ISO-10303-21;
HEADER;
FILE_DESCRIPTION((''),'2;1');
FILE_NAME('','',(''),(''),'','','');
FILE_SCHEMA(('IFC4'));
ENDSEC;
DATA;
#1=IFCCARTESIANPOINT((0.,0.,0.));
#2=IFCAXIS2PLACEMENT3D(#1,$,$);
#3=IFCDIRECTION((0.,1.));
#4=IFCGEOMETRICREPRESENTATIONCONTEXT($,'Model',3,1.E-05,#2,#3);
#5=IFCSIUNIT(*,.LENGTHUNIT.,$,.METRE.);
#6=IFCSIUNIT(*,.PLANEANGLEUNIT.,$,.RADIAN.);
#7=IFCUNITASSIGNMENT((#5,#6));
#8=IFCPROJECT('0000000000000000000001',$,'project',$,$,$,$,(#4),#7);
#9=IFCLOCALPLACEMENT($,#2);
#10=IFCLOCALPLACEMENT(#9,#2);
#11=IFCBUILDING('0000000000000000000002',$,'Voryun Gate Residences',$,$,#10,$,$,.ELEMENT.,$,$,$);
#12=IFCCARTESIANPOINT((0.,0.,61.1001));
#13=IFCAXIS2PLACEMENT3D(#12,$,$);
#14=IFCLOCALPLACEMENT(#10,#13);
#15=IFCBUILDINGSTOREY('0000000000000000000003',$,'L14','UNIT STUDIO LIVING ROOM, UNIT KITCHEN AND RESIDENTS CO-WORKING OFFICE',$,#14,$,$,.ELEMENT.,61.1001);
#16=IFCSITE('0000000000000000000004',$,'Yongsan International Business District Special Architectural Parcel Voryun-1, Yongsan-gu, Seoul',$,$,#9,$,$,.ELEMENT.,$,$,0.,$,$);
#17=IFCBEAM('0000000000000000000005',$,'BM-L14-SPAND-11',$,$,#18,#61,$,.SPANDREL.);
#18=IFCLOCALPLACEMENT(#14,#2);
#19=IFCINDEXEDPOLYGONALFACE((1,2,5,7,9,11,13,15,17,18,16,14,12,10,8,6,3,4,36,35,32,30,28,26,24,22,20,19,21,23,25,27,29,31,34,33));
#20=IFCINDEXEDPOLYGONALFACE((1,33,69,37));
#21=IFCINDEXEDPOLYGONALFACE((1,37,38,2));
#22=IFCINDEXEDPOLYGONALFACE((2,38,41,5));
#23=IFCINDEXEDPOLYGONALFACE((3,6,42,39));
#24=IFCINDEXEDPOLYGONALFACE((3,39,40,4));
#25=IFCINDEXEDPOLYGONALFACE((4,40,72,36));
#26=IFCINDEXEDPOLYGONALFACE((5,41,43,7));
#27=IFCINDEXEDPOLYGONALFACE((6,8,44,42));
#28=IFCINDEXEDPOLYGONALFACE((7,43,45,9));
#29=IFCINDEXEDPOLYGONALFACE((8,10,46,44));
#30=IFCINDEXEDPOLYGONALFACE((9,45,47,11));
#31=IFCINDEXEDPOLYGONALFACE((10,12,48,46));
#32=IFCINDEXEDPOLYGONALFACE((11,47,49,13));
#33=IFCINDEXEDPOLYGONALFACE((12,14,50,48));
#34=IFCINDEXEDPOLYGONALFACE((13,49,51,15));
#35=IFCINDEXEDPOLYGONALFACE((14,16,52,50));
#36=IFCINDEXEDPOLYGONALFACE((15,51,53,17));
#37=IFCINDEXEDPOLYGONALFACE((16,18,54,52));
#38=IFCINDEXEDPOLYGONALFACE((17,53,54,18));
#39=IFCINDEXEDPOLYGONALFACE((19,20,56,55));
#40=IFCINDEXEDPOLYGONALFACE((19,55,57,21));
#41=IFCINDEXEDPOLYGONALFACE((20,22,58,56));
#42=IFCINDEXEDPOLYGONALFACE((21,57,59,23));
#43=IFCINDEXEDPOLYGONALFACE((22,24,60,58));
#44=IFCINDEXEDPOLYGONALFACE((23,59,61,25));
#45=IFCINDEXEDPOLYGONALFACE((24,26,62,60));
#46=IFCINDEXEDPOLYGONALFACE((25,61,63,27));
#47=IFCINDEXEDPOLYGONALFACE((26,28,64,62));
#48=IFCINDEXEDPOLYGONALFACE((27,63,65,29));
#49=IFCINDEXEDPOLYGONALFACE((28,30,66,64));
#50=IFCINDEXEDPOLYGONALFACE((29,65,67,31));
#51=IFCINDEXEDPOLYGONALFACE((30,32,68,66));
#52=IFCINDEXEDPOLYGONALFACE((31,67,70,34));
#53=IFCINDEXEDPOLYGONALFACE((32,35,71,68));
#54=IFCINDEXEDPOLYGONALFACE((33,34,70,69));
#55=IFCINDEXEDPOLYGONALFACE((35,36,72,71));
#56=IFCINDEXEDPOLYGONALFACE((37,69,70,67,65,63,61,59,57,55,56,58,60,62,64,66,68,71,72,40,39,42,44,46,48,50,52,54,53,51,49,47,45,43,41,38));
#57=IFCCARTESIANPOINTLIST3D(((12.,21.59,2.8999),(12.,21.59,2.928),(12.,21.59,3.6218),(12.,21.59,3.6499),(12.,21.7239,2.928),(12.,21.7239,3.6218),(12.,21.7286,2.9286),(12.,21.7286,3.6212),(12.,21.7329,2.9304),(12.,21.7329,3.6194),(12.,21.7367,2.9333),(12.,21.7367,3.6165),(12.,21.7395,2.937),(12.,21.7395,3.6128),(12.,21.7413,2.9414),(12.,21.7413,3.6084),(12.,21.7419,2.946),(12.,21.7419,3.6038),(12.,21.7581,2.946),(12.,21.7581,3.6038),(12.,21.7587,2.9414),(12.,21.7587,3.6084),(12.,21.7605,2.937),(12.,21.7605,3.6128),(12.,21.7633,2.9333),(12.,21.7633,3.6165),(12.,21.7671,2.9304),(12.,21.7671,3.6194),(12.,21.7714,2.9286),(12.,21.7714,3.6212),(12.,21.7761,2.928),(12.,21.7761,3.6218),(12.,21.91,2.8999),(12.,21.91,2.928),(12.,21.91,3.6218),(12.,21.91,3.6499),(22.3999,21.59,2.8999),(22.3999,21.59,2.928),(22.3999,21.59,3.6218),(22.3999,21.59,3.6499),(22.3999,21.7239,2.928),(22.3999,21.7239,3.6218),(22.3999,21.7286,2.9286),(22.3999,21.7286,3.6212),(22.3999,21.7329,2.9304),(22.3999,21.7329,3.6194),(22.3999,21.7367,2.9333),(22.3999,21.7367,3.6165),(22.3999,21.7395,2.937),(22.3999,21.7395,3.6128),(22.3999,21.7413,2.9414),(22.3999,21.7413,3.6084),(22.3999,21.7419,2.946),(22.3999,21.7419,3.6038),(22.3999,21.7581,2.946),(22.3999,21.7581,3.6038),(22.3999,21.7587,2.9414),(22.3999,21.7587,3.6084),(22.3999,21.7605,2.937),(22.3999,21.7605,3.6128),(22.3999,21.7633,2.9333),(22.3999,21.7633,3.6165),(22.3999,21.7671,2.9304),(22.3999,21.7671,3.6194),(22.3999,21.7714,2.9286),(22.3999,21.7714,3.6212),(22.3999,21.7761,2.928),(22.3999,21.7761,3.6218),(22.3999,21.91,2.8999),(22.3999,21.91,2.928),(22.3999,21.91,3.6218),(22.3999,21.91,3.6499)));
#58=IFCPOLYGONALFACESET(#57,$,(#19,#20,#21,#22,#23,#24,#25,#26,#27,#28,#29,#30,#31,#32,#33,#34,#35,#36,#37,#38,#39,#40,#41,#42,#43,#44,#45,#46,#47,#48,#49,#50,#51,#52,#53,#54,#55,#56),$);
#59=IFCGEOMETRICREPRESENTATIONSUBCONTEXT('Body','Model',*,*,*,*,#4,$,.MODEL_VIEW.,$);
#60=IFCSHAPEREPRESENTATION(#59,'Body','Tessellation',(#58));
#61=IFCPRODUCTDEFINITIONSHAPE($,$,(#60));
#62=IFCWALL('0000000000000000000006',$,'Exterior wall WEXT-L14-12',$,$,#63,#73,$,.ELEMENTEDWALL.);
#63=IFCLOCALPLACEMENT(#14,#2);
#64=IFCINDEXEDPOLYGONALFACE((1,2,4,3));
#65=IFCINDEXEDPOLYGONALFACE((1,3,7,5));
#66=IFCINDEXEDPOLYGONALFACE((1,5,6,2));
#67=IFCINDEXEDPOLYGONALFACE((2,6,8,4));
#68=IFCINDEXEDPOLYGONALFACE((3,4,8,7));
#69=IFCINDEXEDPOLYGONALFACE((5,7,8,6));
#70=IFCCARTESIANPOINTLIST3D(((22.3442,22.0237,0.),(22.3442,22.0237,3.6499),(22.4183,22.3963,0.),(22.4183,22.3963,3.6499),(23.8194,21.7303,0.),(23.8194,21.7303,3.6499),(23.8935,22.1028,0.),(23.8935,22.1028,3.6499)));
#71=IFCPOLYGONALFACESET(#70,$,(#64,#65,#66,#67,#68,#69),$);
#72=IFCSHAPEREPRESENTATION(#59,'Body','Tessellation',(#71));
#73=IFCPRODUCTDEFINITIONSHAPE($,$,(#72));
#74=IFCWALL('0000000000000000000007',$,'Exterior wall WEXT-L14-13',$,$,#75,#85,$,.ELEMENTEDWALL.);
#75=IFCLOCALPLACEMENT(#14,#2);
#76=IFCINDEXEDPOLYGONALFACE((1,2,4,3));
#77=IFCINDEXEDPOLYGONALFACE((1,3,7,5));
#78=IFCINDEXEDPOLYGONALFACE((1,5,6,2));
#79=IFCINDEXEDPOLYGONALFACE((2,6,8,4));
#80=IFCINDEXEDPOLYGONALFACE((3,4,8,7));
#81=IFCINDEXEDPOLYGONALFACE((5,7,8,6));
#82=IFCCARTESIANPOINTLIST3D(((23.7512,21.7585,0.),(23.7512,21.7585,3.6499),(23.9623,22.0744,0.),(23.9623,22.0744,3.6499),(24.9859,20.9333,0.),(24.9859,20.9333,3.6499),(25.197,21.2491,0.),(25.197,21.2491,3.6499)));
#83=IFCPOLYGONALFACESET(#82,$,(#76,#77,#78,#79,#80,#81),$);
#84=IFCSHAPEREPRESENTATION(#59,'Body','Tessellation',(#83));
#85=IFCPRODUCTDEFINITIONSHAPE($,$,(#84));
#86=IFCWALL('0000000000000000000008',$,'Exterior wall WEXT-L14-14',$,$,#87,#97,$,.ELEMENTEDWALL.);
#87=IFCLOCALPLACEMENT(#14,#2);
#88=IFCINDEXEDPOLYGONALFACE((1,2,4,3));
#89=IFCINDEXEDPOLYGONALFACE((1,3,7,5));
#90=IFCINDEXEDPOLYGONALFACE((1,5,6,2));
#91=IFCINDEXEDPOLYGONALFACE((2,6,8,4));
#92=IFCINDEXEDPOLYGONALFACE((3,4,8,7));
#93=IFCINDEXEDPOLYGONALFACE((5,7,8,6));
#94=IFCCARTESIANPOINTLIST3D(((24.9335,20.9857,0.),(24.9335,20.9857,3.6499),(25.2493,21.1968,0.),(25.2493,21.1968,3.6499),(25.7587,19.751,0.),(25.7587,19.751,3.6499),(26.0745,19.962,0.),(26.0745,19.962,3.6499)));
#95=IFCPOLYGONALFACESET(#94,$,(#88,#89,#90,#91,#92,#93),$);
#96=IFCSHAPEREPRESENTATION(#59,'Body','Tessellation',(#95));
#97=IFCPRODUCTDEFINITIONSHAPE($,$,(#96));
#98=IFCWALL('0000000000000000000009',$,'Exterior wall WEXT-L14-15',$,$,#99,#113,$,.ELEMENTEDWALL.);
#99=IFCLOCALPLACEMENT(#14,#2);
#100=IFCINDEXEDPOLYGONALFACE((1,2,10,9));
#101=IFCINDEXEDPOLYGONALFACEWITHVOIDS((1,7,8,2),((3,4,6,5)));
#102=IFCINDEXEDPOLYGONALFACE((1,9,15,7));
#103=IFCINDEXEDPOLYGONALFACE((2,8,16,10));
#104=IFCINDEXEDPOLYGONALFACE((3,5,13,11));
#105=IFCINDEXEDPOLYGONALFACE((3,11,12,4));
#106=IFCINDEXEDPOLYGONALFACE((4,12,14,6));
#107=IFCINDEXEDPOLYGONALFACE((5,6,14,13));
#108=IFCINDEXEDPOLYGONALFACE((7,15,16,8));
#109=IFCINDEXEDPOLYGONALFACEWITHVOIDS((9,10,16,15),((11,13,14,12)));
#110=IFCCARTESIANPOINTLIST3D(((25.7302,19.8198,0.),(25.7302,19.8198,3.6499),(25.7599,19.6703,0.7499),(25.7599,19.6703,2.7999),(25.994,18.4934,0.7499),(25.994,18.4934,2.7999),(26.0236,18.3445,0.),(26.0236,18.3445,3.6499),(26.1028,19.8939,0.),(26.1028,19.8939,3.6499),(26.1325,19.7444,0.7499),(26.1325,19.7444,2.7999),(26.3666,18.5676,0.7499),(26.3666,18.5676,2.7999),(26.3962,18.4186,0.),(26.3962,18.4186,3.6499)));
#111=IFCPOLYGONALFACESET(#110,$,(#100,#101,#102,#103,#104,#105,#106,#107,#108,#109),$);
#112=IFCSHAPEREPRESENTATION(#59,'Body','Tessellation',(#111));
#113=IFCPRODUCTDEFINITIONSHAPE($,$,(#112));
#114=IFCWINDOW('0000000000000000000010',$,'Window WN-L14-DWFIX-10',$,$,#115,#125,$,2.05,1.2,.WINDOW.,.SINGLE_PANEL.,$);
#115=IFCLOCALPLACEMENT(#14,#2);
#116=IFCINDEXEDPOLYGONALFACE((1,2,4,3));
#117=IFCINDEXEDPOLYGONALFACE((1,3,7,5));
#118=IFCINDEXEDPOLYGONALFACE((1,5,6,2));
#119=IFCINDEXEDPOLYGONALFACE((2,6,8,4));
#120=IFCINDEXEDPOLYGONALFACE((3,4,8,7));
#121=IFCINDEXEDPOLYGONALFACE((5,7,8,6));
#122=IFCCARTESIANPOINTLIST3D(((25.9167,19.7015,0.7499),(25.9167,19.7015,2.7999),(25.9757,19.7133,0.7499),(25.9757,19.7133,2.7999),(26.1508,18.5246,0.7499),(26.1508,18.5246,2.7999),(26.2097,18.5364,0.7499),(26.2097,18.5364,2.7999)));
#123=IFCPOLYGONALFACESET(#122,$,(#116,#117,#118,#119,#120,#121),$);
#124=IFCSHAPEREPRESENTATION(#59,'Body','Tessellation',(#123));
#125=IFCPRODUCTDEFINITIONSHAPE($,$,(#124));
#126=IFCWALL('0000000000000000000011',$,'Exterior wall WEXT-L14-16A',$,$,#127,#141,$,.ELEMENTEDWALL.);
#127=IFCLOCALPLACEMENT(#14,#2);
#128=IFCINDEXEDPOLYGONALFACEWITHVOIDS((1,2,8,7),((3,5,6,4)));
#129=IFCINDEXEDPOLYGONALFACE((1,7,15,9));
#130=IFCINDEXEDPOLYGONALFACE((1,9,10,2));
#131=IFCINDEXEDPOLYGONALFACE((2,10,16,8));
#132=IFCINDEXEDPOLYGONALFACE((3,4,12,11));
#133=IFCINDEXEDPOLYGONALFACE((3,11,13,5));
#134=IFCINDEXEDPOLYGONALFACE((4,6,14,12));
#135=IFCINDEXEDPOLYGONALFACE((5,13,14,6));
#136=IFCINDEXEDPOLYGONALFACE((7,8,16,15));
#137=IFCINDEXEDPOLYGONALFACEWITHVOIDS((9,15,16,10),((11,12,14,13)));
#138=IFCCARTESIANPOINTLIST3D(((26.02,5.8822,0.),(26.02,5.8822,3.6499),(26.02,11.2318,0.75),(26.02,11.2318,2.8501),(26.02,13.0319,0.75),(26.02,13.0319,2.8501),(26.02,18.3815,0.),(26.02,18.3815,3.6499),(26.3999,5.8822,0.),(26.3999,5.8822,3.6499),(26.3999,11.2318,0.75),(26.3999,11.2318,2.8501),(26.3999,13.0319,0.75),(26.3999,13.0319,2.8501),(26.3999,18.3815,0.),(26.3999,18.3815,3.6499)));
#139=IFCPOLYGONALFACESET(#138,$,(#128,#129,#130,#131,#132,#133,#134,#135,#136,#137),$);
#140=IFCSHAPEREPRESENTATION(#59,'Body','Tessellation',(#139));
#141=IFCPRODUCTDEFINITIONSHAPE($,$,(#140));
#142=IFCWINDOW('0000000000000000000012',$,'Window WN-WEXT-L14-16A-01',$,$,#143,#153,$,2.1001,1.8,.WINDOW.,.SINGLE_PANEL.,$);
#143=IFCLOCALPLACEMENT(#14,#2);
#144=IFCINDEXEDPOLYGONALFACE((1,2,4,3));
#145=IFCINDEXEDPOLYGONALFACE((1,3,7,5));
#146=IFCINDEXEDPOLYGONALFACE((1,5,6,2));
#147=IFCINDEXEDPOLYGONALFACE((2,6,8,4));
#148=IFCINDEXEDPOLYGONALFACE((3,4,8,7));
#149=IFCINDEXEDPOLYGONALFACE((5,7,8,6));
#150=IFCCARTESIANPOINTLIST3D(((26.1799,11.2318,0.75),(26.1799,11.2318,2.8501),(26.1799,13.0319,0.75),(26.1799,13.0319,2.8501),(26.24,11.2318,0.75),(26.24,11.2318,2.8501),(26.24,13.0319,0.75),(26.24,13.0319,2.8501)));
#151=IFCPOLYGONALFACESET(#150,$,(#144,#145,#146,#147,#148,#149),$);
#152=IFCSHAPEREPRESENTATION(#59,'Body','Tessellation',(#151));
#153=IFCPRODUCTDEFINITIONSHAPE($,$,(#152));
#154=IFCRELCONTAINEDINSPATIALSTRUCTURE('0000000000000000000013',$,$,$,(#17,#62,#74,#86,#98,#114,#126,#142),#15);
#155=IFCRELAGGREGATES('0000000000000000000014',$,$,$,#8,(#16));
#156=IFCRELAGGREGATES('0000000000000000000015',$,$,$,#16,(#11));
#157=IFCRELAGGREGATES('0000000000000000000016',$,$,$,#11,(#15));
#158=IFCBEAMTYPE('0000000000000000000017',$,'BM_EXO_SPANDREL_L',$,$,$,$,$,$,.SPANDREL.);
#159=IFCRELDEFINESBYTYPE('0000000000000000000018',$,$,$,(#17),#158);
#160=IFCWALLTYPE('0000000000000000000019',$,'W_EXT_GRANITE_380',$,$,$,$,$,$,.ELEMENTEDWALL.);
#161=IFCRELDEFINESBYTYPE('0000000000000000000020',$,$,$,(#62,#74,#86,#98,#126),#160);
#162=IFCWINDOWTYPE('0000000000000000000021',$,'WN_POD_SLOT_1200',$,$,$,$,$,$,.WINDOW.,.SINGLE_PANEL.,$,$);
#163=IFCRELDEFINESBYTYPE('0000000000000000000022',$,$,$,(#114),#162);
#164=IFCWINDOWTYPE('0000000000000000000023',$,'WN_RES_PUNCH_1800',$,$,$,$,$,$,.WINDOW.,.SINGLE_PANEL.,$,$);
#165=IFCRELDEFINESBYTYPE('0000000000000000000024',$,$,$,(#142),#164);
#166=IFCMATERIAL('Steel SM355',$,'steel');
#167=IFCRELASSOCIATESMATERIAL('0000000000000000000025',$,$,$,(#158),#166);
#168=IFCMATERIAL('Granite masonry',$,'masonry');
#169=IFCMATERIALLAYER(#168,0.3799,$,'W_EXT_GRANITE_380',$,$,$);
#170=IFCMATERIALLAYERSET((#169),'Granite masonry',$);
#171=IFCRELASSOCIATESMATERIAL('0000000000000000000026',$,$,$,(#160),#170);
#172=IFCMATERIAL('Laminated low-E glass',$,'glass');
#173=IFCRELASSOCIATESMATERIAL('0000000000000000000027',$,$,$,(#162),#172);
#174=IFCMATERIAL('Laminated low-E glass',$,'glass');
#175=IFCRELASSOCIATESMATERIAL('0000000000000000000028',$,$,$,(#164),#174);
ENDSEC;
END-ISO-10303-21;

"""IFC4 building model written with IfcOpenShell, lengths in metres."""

from ifc_helpers import new_model, si_unit, direction, frame, frame_2d, origin, origin_2d, place, context, subcontext, project, spatial, rectangle, i_section, extrude, material, layer, layer_set, material_profile, profile_set, type_object, element, fill, save


model = new_model("IFC4")

# Units and contexts
model_context = context("Model", 3, precision=1e-05, world=origin(), true_north=direction((0.0, 1.0)))
body_context = subcontext(model_context, "Body", "Model", "MODEL_VIEW")
ifc_project = project(units=[si_unit("LENGTHUNIT", "METRE"), si_unit("PLANEANGLEUNIT", "RADIAN")], contexts=[model_context])

# Site, building, storey
site_placement = place(None, origin())
site = spatial("IfcSite", under=ifc_project, at=site_placement, Name="Yongsan International Business District Special Architectural Parcel Voryun-1, Yongsan-gu, Seoul", CompositionType="ELEMENT", RefElevation=0.0)
building_placement = place(site_placement, origin())
building = spatial("IfcBuilding", under=site, at=building_placement, Name="Voryun Gate Residences", CompositionType="ELEMENT")
storey_placement = place(building_placement, frame((0.0, 0.0, 61.1001)))
storey = spatial("IfcBuildingStorey", under=building, at=storey_placement, Name="L14", Description="UNIT STUDIO LIVING ROOM, UNIT KITCHEN AND RESIDENTS CO-WORKING OFFICE", CompositionType="ELEMENT", Elevation=61.1001)

# Beam
ifc_material_1 = material(Name="Steel SM355", Category="steel")
ifc_material_profile_1 = material_profile(ifc_material_1, i_section(OverallWidth=0.3201, OverallDepth=0.75, WebThickness=0.0161, FlangeThickness=0.0281, FilletRadius=0.0181, at=origin_2d()), Name="H-750x320x16x28")
ifc_profile_set_1 = profile_set([ifc_material_profile_1], Name="Steel SM355")
beam_type = type_object("IfcBeamType", Name="BM_EXO_SPANDREL_L", PredefinedType="SPANDREL", material=ifc_profile_set_1)
beam_1_placement = place(storey_placement, frame((22.3999, 21.75, 3.2749), z_axis=(-1.0, 0.0, 0.0), x_axis=(0.0, -1.0, 0.0)))
element("IfcBeam", 1, at=beam_1_placement, inside=storey, type_object=beam_type, Name="BM-L14-SPAND-11", PredefinedType="SPANDREL", context=body_context, shape_type="SweptSolid", body=[
    extrude(i_section(OverallWidth=0.3201, OverallDepth=0.75, WebThickness=0.0161, FlangeThickness=0.0281, FilletRadius=0.0181, at=origin_2d()), origin(), (0.0, 0.0, 1.0), 10.3999),
])

# Walls
ifc_material_2 = material(Name="Granite masonry", Category="masonry")
ifc_layer_1 = layer(ifc_material_2, 0.3799, Name="W_EXT_GRANITE_380")
ifc_layer_set_1 = layer_set([ifc_layer_1], Name="Granite masonry")
wall_type_1 = type_object("IfcWallType", Name="W_EXT_GRANITE_380", PredefinedType="ELEMENTEDWALL", material=ifc_layer_set_1)
wall_1_placement = place(storey_placement, frame((22.3813, 22.21, 0.0), z_axis=(0.0, 0.0, 1.0), x_axis=(0.980786, -0.195086, 0.0)))
element("IfcWall", 2, at=wall_1_placement, inside=storey, type_object=wall_type_1, Name="Exterior wall WEXT-L14-12", PredefinedType="ELEMENTEDWALL", context=body_context, shape_type="SweptSolid", body=[
    extrude(rectangle(XDim=1.5042, YDim=0.3799, at=frame_2d((0.752, 0.0))), origin(), (0.0, 0.0, 1.0), 3.6499),
])
for number, where, z_axis, x_axis, name in (
    (3, (23.8567, 21.9165, 0.0), (0.0, 0.0, 1.0), (0.831392, -0.555686, 0.0), "Exterior wall WEXT-L14-13"),
    (4, (25.0913, 21.0913, 0.0), (0.0, 0.0, 1.0), (0.555686, -0.831392, 0.0), "Exterior wall WEXT-L14-14"),
):
    element("IfcWall", number, at=place(storey_placement, frame(where, z_axis=z_axis, x_axis=x_axis)), inside=storey, type_object=wall_type_1, Name=name, PredefinedType="ELEMENTEDWALL", context=body_context, shape_type="SweptSolid", body=[
        extrude(rectangle(XDim=1.4851, YDim=0.3799, at=frame_2d((0.7427, 0.0))), origin(), (0.0, 0.0, 1.0), 3.6499),
    ])

# Walls, openings, windows
wall_2_placement = place(storey_placement, frame((25.9165, 19.8567, 0.0), z_axis=(0.0, 0.0, 1.0), x_axis=(0.195086, -0.980786, 0.0)))
wall_2 = element("IfcWall", 5, at=wall_2_placement, inside=storey, type_object=wall_type_1, Name="Exterior wall WEXT-L14-15", PredefinedType="ELEMENTEDWALL", context=body_context, shape_type="SweptSolid", body=[
    extrude(rectangle(XDim=1.5042, YDim=0.3799, at=frame_2d((0.752, 0.0))), origin(), (0.0, 0.0, 1.0), 3.6499),
])
opening_1_placement = place(wall_2_placement, frame((0.1521, 0.0, 0.75)))
opening_1 = element("IfcOpeningElement", 6, at=opening_1_placement, cuts=wall_2, PredefinedType="OPENING", context=body_context, shape_type="SweptSolid", body=[
    extrude(rectangle(XDim=1.2, YDim=2.05, at=frame_2d((0.6001, 1.0249))), frame((0.0, 0.2, 0.0), z_axis=(0.0, -1.0, 0.0), x_axis=(1.0, 0.0, 0.0)), (0.0, 0.0, 1.0), 0.3999),
])
ifc_material_3 = material(Name="Laminated low-E glass", Category="glass")
window_type_1 = type_object("IfcWindowType", Name="WN_POD_SLOT_1200", PartitioningType="SINGLE_PANEL", PredefinedType="WINDOW", material=ifc_material_3)
window_1_placement = place(opening_1_placement, origin())
window_1 = element("IfcWindow", 7, at=window_1_placement, inside=storey, type_object=window_type_1, Name="Window WN-L14-DWFIX-10", OverallHeight=2.05, OverallWidth=1.2, PartitioningType="SINGLE_PANEL", PredefinedType="WINDOW", context=body_context, shape_type="SweptSolid", body=[
    extrude(rectangle(XDim=1.2, YDim=2.05, at=frame_2d((0.6001, 1.0249))), frame((0.0, 0.03, 0.0), z_axis=(0.0, -1.0, 0.0), x_axis=(1.0, 0.0, 0.0)), (0.0, 0.0, 1.0), 0.0601),
])
fill(opening_1, window_1)
wall_3_placement = place(storey_placement, frame((26.21, 18.3813, 0.0), z_axis=(0.0, 0.0, 1.0), x_axis=(0.0, -1.0, 0.0)))
wall_3 = element("IfcWall", 8, at=wall_3_placement, inside=storey, type_object=wall_type_1, Name="Exterior wall WEXT-L14-16A", PredefinedType="ELEMENTEDWALL", context=body_context, shape_type="SweptSolid", body=[
    extrude(rectangle(XDim=12.4993, YDim=0.3799, at=frame_2d((6.2495, 0.0))), origin(), (0.0, 0.0, 1.0), 3.6499),
])
opening_2_placement = place(wall_3_placement, frame((5.3496, 0.0, 0.75)))
opening_2 = element("IfcOpeningElement", 9, at=opening_2_placement, cuts=wall_3, PredefinedType="OPENING", context=body_context, shape_type="SweptSolid", body=[
    extrude(rectangle(XDim=1.8, YDim=2.1001, at=frame_2d((0.8999, 1.05))), frame((0.0, 0.2, 0.0), z_axis=(0.0, -1.0, 0.0), x_axis=(1.0, 0.0, 0.0)), (0.0, 0.0, 1.0), 0.3999),
])
ifc_material_4 = material(Name="Laminated low-E glass", Category="glass")
window_type_2 = type_object("IfcWindowType", Name="WN_RES_PUNCH_1800", PartitioningType="SINGLE_PANEL", PredefinedType="WINDOW", material=ifc_material_4)
window_2_placement = place(opening_2_placement, origin())
window_2 = element("IfcWindow", 10, at=window_2_placement, inside=storey, type_object=window_type_2, Name="Window WN-WEXT-L14-16A-01", OverallHeight=2.1001, OverallWidth=1.8, PartitioningType="SINGLE_PANEL", PredefinedType="WINDOW", context=body_context, shape_type="SweptSolid", body=[
    extrude(rectangle(XDim=1.8, YDim=2.1001, at=frame_2d((0.8999, 1.05))), frame((0.0, 0.03, 0.0), z_axis=(0.0, -1.0, 0.0), x_axis=(1.0, 0.0, 0.0)), (0.0, 0.0, 1.0), 0.0601),
])
fill(opening_2, window_2)

save(model, "model.ifc")
